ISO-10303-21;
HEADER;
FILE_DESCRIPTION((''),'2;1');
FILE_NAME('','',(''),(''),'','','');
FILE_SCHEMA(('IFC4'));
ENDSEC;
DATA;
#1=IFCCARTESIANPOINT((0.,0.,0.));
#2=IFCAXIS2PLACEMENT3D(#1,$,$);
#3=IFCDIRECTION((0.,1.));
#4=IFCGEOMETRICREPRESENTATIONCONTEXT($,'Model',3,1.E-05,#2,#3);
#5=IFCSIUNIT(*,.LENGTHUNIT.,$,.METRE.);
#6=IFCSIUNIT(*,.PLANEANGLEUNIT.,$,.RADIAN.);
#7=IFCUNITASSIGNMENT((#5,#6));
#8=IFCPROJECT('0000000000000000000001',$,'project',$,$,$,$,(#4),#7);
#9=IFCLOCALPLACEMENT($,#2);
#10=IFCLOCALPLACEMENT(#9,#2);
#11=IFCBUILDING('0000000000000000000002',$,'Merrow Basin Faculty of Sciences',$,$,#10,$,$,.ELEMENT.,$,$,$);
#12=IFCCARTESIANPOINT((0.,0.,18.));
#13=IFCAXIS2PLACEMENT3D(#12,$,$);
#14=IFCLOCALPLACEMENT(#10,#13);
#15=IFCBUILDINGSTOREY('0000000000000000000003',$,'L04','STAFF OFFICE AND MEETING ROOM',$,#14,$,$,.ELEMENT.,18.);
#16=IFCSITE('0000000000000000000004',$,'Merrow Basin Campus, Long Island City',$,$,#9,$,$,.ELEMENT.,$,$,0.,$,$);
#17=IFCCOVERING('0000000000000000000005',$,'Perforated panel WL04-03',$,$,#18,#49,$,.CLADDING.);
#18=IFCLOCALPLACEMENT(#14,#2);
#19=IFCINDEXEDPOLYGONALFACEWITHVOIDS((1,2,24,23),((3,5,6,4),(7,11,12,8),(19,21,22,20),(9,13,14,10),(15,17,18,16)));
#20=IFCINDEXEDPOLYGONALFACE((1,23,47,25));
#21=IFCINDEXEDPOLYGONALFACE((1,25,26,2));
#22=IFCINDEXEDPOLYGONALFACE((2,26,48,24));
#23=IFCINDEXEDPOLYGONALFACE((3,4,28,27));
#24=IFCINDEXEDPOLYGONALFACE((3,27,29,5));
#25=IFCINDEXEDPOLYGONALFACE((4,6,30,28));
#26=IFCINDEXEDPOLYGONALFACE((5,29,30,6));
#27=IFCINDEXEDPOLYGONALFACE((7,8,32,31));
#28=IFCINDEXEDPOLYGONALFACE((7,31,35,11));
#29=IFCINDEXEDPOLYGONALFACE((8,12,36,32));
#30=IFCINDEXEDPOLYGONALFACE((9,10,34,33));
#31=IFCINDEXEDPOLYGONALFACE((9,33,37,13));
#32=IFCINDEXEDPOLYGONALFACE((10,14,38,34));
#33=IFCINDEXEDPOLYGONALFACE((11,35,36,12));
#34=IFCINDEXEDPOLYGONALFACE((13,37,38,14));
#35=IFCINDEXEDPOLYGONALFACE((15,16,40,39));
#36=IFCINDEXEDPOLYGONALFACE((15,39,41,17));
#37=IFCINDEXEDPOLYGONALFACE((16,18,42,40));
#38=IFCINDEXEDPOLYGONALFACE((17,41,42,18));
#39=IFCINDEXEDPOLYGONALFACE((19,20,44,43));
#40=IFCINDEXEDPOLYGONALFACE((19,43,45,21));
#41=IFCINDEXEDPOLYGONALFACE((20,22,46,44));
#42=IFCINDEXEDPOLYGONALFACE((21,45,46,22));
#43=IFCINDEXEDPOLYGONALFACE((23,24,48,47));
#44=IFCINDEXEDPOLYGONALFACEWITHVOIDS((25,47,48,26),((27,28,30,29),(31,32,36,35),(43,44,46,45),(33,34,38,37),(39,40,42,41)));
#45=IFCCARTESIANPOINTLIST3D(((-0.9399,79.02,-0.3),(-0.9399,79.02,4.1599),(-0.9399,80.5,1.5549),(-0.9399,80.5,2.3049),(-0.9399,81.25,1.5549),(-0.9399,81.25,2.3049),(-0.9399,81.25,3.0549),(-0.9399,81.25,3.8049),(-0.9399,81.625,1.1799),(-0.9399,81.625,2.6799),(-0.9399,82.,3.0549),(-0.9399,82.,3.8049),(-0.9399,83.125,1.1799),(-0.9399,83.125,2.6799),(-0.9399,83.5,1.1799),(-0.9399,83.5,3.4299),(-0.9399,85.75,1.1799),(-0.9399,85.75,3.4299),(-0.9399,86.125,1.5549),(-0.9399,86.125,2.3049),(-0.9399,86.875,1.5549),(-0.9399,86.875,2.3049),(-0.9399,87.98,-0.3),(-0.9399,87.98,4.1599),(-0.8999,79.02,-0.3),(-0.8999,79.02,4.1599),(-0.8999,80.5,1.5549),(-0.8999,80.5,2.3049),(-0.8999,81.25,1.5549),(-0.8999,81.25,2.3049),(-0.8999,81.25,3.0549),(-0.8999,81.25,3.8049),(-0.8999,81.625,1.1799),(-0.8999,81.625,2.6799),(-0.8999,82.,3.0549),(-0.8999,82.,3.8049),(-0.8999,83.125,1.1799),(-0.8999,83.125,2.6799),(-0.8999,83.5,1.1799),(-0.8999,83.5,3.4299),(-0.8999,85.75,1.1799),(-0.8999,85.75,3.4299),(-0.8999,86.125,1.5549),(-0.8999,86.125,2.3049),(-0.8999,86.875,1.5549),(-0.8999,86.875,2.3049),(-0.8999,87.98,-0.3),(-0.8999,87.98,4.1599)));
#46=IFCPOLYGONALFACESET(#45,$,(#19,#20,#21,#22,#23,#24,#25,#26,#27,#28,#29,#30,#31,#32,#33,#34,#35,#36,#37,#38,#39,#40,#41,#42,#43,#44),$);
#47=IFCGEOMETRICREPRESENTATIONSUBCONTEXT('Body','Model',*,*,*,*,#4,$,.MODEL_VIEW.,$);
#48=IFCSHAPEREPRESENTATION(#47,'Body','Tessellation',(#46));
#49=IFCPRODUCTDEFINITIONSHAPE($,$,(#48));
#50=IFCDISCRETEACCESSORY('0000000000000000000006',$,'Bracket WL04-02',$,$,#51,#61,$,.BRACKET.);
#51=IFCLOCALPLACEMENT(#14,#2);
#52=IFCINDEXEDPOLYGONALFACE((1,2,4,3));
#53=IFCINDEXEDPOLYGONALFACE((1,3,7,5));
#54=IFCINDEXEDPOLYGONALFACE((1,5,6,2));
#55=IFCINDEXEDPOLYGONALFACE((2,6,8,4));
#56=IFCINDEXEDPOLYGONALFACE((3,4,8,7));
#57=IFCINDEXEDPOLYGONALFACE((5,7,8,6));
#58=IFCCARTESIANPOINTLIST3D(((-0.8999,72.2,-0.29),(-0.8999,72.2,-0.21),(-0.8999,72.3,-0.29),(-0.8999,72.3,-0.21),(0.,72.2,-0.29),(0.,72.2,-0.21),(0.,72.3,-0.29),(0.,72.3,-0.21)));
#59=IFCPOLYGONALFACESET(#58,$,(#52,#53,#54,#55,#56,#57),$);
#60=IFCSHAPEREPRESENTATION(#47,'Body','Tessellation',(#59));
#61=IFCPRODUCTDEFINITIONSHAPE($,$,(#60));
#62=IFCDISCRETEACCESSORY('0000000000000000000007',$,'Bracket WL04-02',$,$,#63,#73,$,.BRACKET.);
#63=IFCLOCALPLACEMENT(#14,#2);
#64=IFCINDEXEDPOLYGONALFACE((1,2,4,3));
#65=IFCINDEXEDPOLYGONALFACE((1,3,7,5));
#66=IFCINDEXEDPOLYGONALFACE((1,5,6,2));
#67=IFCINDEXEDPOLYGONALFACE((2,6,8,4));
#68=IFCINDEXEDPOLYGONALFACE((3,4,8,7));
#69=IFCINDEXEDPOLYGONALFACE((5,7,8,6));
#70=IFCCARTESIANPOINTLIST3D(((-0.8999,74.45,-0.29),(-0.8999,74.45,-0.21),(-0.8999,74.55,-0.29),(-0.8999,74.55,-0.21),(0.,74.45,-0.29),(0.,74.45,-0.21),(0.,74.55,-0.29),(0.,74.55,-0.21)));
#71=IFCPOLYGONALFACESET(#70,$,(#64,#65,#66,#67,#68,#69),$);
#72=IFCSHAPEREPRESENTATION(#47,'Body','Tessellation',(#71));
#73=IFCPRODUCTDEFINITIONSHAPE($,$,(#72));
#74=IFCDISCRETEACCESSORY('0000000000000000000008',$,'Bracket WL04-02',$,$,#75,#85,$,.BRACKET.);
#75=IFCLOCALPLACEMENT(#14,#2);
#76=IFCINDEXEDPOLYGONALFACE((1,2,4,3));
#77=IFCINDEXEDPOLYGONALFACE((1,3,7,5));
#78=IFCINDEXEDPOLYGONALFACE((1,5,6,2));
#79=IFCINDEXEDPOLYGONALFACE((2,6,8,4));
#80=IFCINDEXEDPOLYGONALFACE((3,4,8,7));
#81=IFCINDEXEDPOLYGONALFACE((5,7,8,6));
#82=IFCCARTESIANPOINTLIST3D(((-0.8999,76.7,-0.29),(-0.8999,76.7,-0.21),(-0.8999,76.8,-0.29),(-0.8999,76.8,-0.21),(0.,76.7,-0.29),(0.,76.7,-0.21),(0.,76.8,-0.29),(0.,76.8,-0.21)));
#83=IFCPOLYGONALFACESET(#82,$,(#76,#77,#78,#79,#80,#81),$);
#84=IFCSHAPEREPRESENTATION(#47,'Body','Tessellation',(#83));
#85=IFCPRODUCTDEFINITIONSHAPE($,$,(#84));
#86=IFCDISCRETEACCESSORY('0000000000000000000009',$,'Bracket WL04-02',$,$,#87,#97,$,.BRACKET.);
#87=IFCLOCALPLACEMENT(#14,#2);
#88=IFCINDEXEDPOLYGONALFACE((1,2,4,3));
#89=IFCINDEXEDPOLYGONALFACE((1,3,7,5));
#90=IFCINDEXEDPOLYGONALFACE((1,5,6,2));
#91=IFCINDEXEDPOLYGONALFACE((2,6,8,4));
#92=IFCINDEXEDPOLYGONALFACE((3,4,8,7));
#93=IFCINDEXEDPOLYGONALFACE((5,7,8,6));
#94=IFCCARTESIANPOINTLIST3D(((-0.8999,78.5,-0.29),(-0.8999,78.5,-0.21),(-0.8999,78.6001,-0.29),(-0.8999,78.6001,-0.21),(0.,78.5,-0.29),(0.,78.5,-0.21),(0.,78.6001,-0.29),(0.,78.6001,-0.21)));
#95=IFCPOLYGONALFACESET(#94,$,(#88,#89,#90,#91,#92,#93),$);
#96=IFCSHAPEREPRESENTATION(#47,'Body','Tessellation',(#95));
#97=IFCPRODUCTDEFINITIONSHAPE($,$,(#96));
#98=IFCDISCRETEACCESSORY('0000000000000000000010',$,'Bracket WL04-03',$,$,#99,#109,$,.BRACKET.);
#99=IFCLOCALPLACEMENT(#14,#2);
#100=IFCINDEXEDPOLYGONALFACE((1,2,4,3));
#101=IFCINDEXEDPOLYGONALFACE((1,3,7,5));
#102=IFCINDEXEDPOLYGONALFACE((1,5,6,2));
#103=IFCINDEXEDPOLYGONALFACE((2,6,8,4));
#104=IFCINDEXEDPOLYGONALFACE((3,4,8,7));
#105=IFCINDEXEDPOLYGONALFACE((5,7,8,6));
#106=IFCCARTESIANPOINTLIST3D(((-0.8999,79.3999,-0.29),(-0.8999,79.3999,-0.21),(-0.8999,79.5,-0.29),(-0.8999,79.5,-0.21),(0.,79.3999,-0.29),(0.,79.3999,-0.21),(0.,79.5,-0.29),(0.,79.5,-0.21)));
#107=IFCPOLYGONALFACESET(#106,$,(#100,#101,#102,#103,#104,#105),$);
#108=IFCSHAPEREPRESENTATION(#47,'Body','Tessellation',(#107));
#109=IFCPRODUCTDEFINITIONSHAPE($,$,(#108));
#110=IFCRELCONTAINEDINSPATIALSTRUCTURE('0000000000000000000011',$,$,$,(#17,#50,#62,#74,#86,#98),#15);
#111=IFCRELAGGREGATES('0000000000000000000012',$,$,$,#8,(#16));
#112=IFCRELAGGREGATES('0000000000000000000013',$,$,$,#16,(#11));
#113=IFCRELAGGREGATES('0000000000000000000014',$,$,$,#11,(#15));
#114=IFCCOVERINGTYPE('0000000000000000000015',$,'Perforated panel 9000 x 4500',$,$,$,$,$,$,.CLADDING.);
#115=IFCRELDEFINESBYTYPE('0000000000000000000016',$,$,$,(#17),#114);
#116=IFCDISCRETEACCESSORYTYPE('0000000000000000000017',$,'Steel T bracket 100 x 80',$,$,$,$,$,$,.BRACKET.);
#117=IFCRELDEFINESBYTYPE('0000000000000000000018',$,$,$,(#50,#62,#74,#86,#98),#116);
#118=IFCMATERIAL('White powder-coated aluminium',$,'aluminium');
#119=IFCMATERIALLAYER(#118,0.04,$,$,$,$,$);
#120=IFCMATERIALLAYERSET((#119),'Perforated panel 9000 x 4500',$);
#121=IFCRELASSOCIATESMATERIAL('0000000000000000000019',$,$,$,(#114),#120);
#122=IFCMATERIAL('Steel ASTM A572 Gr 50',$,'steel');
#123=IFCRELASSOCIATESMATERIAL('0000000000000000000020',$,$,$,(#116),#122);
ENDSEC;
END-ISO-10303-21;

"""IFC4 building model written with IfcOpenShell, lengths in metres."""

from ifc_helpers import new_model, si_unit, direction, frame, origin, place, context, subcontext, project, spatial, polyline, outline, extrude, source, transform, mapped, material, layer, layer_set, type_object, element, save


model = new_model("IFC4")

# Units and contexts
model_context = context("Model", 3, precision=1e-05, world=origin(), true_north=direction((0.0, 1.0)))
body_context = subcontext(model_context, "Body", "Model", "MODEL_VIEW")
ifc_project = project(units=[si_unit("LENGTHUNIT", "METRE"), si_unit("PLANEANGLEUNIT", "RADIAN")], contexts=[model_context])

# Site, building, storey
site_placement = place(None, origin())
site = spatial("IfcSite", under=ifc_project, at=site_placement, Name="Merrow Basin Campus, Long Island City", CompositionType="ELEMENT", RefElevation=0.0)
building_placement = place(site_placement, origin())
building = spatial("IfcBuilding", under=site, at=building_placement, Name="Merrow Basin Faculty of Sciences", CompositionType="ELEMENT")
storey_placement = place(building_placement, frame((0.0, 0.0, 18.0)))
storey = spatial("IfcBuildingStorey", under=building, at=storey_placement, Name="L04", Description="STAFF OFFICE AND MEETING ROOM", CompositionType="ELEMENT", Elevation=18.0)

# Covering
ifc_material_1 = material(Name="White powder-coated aluminium", Category="aluminium")
ifc_layer_1 = layer(ifc_material_1, 0.04)
ifc_layer_set_1 = layer_set([ifc_layer_1], Name="Perforated panel 9000 x 4500")
covering_type = type_object("IfcCoveringType", Name="Perforated panel 9000 x 4500", PredefinedType="CLADDING", material=ifc_layer_set_1)
shared_shape_1 = source(origin(), body_context, "Body", "SweptSolid", [
    extrude(outline(polyline([(0.02, 0.02), (8.98, 0.02), (8.98, 4.48), (0.02, 4.48), (0.02, 0.02)]), holes=[polyline([(2.625, 1.5), (4.125, 1.5), (4.125, 3.0), (2.625, 3.0), (2.625, 1.5)]), polyline([(4.5, 1.5), (6.75, 1.5), (6.75, 3.75), (4.5, 3.75), (4.5, 1.5)]), polyline([(1.5, 1.875), (2.25, 1.875), (2.25, 2.625), (1.5, 2.625), (1.5, 1.875)]), polyline([(7.125, 1.875), (7.875, 1.875), (7.875, 2.625), (7.125, 2.625), (7.125, 1.875)]), polyline([(2.25, 3.375), (3.0, 3.375), (3.0, 4.125), (2.25, 4.125), (2.25, 3.375)])]), origin(), (0.0, 0.0, 1.0), 0.04),
])
covering_placement = place(storey_placement, frame((-0.9399, 79.0, -0.3201), z_axis=(1.0, 0.0, 0.0), x_axis=(0.0, 1.0, 0.0)))
element("IfcCovering", 1, at=covering_placement, inside=storey, type_object=covering_type, Name="Perforated panel WL04-03", PredefinedType="CLADDING", context=body_context, shape_type="MappedRepresentation", body=[
    mapped(shared_shape_1, transform((0.0, 0.0, 0.0), scale=1.0)),
])

# Discrete accessories
ifc_material_2 = material(Name="Steel ASTM A572 Gr 50", Category="steel")
discrete_accessory_type = type_object("IfcDiscreteAccessoryType", Name="Steel T bracket 100 x 80", PredefinedType="BRACKET", material=ifc_material_2)
shared_shape_2 = source(origin(), body_context, "Body", "SweptSolid", [
    extrude(outline(polyline([(0.0, 0.0), (0.1001, 0.0), (0.1001, 0.0801), (0.0, 0.0801), (0.0, 0.0)])), origin(), (0.0, 0.0, 1.0), 0.8999),
])
for number, where, z_axis, x_axis, name in (
    (2, (-0.8999, 72.2, -0.29), (1.0, 0.0, 0.0), (0.0, 1.0, 0.0), "Bracket WL04-02"),
    (3, (-0.8999, 74.45, -0.29), (1.0, 0.0, 0.0), (0.0, 1.0, 0.0), "Bracket WL04-02"),
    (4, (-0.8999, 76.7, -0.29), (1.0, 0.0, 0.0), (0.0, 1.0, 0.0), "Bracket WL04-02"),
    (5, (-0.8999, 78.5, -0.29), (1.0, 0.0, 0.0), (0.0, 1.0, 0.0), "Bracket WL04-02"),
    (6, (-0.8999, 79.3999, -0.29), (1.0, 0.0, 0.0), (0.0, 1.0, 0.0), "Bracket WL04-03"),
):
    element("IfcDiscreteAccessory", number, at=place(storey_placement, frame(where, z_axis=z_axis, x_axis=x_axis)), inside=storey, type_object=discrete_accessory_type, Name=name, PredefinedType="BRACKET", context=body_context, shape_type="MappedRepresentation", body=[
        mapped(shared_shape_2, transform((0.0, 0.0, 0.0), scale=1.0)),
    ])

save(model, "model.ifc")
